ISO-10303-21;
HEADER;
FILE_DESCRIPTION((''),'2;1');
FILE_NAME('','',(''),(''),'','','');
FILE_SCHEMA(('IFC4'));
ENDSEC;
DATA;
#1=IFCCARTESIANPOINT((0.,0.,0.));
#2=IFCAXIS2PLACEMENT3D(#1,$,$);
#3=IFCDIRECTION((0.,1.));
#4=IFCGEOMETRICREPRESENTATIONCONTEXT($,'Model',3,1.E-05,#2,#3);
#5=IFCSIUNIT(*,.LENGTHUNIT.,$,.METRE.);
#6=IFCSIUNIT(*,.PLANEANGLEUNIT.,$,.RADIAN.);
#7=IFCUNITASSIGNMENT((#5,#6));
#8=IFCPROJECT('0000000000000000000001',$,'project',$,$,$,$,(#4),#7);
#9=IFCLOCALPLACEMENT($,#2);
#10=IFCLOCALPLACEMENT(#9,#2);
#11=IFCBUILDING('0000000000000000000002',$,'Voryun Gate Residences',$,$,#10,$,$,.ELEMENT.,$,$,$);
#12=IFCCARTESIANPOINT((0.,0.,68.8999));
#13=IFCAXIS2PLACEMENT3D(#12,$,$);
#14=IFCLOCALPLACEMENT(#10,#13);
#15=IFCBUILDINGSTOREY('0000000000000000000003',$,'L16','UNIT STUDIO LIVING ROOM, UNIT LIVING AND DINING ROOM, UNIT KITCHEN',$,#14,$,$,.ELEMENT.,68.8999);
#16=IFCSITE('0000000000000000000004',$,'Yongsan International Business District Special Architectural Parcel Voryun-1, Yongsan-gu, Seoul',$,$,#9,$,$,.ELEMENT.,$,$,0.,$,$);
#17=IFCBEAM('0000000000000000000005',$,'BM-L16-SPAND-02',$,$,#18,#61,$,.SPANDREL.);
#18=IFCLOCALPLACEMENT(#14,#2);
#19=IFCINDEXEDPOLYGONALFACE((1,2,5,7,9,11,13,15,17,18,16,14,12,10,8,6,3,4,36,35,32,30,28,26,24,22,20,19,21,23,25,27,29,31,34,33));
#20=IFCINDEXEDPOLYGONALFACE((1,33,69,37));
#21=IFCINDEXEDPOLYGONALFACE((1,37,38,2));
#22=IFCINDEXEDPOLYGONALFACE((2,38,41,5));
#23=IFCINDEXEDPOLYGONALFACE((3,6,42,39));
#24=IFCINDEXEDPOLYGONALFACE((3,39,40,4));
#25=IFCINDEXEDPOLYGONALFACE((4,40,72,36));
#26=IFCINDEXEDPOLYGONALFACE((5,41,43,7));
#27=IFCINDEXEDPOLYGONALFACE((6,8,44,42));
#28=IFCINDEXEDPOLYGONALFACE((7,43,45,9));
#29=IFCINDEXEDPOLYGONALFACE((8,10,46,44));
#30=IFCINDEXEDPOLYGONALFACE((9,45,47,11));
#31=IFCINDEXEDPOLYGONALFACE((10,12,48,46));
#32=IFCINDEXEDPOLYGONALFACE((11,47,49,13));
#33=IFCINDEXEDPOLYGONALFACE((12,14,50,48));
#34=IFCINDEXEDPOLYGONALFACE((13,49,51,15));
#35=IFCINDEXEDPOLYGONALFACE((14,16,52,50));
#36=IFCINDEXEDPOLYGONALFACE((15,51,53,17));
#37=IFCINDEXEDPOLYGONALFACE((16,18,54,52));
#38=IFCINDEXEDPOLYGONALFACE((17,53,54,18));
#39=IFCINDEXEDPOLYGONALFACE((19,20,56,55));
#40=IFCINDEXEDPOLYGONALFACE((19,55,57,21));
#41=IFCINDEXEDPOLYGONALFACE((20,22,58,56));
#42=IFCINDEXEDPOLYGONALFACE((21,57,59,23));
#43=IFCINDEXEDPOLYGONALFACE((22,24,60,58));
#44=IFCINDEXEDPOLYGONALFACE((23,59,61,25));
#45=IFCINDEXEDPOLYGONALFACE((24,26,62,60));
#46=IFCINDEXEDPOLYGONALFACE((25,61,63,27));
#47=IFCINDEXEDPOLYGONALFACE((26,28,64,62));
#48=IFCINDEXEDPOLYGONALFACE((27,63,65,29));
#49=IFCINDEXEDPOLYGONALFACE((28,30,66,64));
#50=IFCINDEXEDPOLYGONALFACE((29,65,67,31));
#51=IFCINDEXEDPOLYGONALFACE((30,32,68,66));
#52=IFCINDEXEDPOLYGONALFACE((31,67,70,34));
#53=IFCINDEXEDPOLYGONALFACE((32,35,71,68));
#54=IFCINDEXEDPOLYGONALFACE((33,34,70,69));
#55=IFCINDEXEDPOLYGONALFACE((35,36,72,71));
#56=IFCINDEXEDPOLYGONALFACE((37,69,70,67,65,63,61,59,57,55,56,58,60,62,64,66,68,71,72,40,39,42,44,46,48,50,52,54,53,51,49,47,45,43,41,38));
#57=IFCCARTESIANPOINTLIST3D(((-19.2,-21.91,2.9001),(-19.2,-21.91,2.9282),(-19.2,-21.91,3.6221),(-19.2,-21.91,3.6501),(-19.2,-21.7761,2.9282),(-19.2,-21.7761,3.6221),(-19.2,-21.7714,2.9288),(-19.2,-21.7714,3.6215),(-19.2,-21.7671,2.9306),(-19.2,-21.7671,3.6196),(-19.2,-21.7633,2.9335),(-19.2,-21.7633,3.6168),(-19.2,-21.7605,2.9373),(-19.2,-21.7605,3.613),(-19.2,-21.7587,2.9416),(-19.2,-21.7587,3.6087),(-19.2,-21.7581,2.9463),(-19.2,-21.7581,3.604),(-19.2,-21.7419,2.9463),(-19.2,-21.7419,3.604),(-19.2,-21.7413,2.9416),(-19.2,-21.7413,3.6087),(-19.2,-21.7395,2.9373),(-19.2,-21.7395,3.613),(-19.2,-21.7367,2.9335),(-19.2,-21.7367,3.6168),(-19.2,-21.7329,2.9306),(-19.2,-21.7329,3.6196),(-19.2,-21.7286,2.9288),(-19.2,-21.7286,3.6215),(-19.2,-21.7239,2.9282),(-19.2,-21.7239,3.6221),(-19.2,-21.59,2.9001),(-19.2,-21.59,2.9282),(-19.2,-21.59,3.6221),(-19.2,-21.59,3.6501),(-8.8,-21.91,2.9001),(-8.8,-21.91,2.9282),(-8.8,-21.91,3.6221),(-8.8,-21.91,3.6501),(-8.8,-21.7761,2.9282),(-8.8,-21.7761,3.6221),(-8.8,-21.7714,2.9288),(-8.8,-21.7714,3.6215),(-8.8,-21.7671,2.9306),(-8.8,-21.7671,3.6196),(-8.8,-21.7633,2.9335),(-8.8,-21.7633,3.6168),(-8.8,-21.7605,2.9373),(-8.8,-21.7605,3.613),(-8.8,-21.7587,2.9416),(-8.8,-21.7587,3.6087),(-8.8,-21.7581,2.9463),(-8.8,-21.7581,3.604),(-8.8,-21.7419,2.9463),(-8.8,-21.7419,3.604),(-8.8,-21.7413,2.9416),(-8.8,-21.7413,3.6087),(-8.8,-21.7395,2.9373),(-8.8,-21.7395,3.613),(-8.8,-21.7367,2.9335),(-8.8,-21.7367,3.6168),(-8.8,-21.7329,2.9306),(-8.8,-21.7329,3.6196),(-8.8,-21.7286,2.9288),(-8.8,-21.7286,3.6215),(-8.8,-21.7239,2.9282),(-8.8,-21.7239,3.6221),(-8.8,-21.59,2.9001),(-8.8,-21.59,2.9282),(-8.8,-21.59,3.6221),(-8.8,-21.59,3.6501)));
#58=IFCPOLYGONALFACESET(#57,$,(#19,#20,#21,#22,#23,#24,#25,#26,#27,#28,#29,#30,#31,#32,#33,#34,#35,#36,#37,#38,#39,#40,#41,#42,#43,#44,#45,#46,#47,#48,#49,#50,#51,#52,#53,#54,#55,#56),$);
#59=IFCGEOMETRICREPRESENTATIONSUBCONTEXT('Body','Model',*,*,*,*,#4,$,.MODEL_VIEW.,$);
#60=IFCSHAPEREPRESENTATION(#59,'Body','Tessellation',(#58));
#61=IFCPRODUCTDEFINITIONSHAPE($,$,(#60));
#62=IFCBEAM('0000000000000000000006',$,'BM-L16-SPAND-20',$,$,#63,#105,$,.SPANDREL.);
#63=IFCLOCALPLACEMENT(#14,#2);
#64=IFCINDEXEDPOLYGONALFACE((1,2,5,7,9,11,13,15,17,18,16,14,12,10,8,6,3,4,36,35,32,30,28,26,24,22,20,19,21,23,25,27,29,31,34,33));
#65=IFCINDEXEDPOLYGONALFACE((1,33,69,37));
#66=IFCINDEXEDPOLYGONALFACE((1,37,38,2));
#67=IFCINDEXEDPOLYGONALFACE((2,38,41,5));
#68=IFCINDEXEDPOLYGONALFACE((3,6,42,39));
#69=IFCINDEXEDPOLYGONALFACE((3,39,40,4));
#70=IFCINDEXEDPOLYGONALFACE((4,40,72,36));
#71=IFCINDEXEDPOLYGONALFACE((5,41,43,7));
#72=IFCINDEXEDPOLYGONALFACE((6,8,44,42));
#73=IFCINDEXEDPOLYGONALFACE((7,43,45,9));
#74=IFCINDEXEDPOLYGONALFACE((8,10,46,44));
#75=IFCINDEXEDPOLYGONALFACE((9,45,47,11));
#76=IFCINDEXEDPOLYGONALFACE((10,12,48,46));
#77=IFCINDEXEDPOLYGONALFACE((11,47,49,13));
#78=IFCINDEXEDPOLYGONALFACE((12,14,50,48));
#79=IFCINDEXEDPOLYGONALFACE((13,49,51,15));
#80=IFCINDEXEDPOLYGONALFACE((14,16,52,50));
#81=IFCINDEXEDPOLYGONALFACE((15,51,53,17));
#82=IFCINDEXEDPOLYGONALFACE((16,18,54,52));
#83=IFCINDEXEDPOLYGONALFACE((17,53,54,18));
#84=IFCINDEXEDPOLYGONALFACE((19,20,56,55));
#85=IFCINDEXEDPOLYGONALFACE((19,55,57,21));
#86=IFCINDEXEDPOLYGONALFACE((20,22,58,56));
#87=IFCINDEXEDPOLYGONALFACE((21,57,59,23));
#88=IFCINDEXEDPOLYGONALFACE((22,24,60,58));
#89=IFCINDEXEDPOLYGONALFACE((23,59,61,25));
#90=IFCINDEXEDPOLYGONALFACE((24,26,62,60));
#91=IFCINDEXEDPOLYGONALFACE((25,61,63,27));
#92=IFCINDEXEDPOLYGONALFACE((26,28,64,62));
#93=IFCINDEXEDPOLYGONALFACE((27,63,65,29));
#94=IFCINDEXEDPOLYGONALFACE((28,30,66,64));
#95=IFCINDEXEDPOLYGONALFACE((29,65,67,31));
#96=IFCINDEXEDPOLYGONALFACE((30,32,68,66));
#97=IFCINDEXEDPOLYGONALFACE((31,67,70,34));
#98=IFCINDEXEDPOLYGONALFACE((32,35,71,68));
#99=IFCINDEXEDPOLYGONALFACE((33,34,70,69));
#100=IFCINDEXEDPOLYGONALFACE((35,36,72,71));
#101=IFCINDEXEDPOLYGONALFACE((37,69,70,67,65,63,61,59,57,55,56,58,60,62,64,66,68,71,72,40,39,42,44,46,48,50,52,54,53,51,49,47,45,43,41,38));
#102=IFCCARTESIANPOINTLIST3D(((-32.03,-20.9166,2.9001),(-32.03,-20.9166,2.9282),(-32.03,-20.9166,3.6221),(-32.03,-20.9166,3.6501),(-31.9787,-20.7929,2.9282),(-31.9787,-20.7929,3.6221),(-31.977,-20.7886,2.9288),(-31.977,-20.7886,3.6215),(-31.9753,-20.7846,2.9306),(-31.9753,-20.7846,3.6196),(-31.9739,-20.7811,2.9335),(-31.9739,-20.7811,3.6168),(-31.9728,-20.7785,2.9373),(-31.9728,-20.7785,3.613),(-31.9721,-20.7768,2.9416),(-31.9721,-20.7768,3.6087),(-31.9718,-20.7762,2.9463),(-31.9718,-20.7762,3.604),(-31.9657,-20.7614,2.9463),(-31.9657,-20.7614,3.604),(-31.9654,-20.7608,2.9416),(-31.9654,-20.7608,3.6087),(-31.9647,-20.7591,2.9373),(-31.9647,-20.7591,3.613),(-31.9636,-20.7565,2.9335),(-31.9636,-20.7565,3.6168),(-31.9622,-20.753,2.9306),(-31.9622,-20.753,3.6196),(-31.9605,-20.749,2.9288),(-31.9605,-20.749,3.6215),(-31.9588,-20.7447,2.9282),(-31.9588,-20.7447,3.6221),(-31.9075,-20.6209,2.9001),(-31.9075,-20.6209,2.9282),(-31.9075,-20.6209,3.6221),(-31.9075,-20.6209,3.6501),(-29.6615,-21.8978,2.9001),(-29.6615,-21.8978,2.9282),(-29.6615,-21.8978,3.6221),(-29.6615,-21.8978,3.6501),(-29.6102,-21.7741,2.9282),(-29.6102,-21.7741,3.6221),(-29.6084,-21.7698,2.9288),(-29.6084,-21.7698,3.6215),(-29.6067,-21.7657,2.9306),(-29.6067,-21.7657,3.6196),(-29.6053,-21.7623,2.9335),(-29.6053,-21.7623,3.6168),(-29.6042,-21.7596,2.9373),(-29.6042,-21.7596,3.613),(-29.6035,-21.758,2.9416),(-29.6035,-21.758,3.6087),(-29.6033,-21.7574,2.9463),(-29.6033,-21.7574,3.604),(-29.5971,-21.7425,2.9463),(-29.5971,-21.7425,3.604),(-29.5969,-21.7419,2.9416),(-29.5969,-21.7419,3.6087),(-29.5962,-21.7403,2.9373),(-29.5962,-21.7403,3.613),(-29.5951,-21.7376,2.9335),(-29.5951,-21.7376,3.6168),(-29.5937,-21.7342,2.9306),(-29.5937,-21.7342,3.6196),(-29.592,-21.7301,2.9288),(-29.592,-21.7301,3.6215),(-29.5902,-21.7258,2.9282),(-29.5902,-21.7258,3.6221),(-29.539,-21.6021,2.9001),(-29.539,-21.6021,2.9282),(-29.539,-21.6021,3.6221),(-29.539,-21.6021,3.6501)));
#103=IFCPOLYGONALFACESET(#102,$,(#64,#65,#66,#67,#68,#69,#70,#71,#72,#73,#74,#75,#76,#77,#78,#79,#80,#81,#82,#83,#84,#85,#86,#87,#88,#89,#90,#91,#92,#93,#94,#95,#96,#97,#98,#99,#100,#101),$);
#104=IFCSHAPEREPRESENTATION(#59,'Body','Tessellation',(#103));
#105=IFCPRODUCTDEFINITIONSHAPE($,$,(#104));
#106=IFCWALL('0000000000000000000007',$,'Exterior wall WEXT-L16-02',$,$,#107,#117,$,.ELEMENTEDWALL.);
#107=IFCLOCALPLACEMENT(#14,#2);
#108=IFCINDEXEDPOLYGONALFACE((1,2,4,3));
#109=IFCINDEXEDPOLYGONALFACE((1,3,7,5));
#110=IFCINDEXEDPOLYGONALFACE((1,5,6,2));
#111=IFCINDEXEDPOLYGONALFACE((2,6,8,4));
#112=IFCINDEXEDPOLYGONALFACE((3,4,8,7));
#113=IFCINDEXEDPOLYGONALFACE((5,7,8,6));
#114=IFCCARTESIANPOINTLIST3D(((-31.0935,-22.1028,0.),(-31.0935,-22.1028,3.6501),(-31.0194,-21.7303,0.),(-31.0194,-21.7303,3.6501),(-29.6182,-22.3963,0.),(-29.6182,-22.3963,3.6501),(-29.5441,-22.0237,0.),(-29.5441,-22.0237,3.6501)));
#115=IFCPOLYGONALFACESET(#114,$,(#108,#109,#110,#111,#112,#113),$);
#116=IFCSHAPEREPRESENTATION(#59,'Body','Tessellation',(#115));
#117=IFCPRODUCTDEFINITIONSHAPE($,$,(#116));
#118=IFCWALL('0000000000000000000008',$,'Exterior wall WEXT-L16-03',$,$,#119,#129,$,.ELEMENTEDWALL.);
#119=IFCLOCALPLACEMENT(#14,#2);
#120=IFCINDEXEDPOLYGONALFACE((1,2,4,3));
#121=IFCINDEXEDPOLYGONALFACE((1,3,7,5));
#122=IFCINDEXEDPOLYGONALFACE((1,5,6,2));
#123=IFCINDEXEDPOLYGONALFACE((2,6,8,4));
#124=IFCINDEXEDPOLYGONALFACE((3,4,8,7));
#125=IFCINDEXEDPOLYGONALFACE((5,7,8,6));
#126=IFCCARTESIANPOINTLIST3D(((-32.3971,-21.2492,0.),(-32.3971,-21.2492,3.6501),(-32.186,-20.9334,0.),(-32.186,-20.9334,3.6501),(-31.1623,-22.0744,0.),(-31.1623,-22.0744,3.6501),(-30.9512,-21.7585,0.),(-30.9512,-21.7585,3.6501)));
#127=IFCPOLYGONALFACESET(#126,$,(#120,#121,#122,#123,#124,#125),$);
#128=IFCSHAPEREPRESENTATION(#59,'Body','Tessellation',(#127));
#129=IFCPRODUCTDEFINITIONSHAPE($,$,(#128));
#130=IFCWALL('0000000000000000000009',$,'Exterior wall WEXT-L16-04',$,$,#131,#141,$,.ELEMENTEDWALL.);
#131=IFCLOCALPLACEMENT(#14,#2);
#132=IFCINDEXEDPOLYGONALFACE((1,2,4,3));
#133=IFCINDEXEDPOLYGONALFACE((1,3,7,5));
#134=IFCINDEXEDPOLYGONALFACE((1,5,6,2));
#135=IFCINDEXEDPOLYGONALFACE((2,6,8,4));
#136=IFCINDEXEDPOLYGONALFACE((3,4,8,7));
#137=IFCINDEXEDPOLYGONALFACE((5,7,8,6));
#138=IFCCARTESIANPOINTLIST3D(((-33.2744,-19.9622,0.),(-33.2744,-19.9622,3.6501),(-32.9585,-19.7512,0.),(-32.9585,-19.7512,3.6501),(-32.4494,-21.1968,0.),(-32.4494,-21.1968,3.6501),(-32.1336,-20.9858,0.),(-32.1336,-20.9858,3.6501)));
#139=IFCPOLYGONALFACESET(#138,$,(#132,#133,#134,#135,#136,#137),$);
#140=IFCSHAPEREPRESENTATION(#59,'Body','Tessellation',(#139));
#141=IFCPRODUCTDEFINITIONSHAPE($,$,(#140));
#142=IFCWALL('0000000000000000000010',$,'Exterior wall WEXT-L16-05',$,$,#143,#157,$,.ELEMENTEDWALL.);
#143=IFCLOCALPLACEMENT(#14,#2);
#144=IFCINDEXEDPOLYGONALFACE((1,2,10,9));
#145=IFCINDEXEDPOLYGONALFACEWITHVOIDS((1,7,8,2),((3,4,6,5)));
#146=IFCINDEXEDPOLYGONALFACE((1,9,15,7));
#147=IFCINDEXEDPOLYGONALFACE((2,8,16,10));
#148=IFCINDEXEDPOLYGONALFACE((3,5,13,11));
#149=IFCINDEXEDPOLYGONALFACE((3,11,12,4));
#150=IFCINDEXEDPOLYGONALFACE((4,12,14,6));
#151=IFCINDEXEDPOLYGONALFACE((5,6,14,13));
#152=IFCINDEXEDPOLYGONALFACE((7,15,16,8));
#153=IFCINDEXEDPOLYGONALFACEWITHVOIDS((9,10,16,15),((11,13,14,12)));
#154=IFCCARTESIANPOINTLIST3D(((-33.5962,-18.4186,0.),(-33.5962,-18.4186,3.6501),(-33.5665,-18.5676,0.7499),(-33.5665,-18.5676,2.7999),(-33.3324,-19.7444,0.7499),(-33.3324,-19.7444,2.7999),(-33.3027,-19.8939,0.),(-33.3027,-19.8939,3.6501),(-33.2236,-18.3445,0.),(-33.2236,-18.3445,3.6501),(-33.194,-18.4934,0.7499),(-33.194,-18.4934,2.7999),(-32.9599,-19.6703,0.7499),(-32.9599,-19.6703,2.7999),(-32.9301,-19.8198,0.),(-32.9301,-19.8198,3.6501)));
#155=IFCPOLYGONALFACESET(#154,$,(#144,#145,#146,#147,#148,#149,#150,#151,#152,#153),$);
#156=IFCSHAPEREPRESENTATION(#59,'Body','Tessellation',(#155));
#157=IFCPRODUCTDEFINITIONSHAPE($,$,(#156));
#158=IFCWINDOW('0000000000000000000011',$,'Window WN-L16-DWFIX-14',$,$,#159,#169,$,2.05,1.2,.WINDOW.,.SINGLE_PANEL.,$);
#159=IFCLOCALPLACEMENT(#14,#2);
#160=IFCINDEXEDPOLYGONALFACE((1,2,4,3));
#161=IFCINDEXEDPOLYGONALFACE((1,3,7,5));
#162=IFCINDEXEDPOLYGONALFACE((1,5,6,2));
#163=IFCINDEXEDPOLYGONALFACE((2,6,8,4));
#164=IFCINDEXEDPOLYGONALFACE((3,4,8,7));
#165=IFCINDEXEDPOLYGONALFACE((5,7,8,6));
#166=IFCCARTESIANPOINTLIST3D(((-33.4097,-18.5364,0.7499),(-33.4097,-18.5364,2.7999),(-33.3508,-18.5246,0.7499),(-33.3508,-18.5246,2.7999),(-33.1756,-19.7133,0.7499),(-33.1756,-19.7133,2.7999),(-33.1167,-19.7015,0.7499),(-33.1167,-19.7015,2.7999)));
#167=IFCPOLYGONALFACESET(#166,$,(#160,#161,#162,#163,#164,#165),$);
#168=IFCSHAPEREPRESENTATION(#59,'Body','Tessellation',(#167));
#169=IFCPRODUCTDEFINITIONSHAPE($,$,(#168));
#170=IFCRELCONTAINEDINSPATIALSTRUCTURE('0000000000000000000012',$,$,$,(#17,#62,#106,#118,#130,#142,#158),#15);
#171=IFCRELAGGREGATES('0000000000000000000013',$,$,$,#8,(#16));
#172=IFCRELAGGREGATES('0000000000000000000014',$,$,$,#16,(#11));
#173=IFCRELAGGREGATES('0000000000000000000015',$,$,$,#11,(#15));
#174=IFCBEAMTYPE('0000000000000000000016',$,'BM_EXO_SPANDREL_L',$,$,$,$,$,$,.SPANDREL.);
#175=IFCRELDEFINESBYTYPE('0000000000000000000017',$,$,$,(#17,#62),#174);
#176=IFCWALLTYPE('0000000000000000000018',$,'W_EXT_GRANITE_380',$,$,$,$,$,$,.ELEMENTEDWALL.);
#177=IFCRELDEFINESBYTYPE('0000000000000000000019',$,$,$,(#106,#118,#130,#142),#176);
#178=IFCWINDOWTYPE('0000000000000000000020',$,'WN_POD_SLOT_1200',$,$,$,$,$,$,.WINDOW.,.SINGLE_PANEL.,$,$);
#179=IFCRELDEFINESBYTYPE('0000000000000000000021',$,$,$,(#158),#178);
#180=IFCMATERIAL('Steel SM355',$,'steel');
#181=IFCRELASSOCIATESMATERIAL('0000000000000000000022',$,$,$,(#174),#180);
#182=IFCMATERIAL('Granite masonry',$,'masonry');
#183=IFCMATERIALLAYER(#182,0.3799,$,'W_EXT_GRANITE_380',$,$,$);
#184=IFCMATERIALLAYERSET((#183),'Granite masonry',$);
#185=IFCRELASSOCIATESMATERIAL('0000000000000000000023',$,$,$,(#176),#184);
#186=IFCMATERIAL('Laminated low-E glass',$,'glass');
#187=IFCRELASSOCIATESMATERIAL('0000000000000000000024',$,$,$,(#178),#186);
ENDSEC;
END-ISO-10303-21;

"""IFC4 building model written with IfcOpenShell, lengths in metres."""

from ifc_helpers import new_model, si_unit, direction, frame, frame_2d, origin, origin_2d, place, context, subcontext, project, spatial, rectangle, i_section, extrude, material, layer, layer_set, material_profile, profile_set, type_object, element, fill, save


model = new_model("IFC4")

# Units and contexts
model_context = context("Model", 3, precision=1e-05, world=origin(), true_north=direction((0.0, 1.0)))
body_context = subcontext(model_context, "Body", "Model", "MODEL_VIEW")
ifc_project = project(units=[si_unit("LENGTHUNIT", "METRE"), si_unit("PLANEANGLEUNIT", "RADIAN")], contexts=[model_context])

# Site, building, storey
site_placement = place(None, origin())
site = spatial("IfcSite", under=ifc_project, at=site_placement, Name="Yongsan International Business District Special Architectural Parcel Voryun-1, Yongsan-gu, Seoul", CompositionType="ELEMENT", RefElevation=0.0)
building_placement = place(site_placement, origin())
building = spatial("IfcBuilding", under=site, at=building_placement, Name="Voryun Gate Residences", CompositionType="ELEMENT")
storey_placement = place(building_placement, frame((0.0, 0.0, 68.8999)))
storey = spatial("IfcBuildingStorey", under=building, at=storey_placement, Name="L16", Description="UNIT STUDIO LIVING ROOM, UNIT LIVING AND DINING ROOM, UNIT KITCHEN", CompositionType="ELEMENT", Elevation=68.8999)

# Beams
ifc_material_1 = material(Name="Steel SM355", Category="steel")
ifc_material_profile_1 = material_profile(ifc_material_1, i_section(OverallWidth=0.3201, OverallDepth=0.75, WebThickness=0.0161, FlangeThickness=0.0281, FilletRadius=0.0181, at=origin_2d()), Name="H-750x320x16x28")
ifc_profile_set_1 = profile_set([ifc_material_profile_1], Name="Steel SM355")
beam_type = type_object("IfcBeamType", Name="BM_EXO_SPANDREL_L", PredefinedType="SPANDREL", material=ifc_profile_set_1)
beam_1_placement = place(storey_placement, frame((-19.2, -21.75, 3.2751), z_axis=(1.0, 0.0, 0.0), x_axis=(0.0, 1.0, 0.0)))
element("IfcBeam", 1, at=beam_1_placement, inside=storey, type_object=beam_type, Name="BM-L16-SPAND-02", PredefinedType="SPANDREL", context=body_context, shape_type="SweptSolid", body=[
    extrude(i_section(OverallWidth=0.3201, OverallDepth=0.75, WebThickness=0.0161, FlangeThickness=0.0281, FilletRadius=0.0181, at=origin_2d()), origin(), (0.0, 0.0, 1.0), 10.3999),
])
beam_2_placement = place(storey_placement, frame((-31.9688, -20.7688, 3.2751), z_axis=(0.923869, -0.382708, 0.0), x_axis=(0.382708, 0.923869, 0.0)))
element("IfcBeam", 2, at=beam_2_placement, inside=storey, type_object=beam_type, Name="BM-L16-SPAND-20", PredefinedType="SPANDREL", context=body_context, shape_type="SweptSolid", body=[
    extrude(i_section(OverallWidth=0.3201, OverallDepth=0.75, WebThickness=0.0161, FlangeThickness=0.0281, FilletRadius=0.0181, at=origin_2d()), origin(), (0.0, 0.0, 1.0), 2.5637),
])

# Walls
ifc_material_2 = material(Name="Granite masonry", Category="masonry")
ifc_layer_1 = layer(ifc_material_2, 0.3799, Name="W_EXT_GRANITE_380")
ifc_layer_set_1 = layer_set([ifc_layer_1], Name="Granite masonry")
wall_type_1 = type_object("IfcWallType", Name="W_EXT_GRANITE_380", PredefinedType="ELEMENTEDWALL", material=ifc_layer_set_1)
wall_1_placement = place(storey_placement, frame((-29.5813, -22.21, 0.0), z_axis=(0.0, 0.0, 1.0), x_axis=(-0.980786, 0.195086, 0.0)))
element("IfcWall", 3, at=wall_1_placement, inside=storey, type_object=wall_type_1, Name="Exterior wall WEXT-L16-02", PredefinedType="ELEMENTEDWALL", context=body_context, shape_type="SweptSolid", body=[
    extrude(rectangle(XDim=1.5042, YDim=0.3799, at=frame_2d((0.752, 0.0))), origin(), (0.0, 0.0, 1.0), 3.6501),
])
wall_2_placement = place(storey_placement, frame((-31.0566, -21.9165, 0.0), z_axis=(0.0, 0.0, 1.0), x_axis=(-0.831443, 0.55561, 0.0)))
element("IfcWall", 4, at=wall_2_placement, inside=storey, type_object=wall_type_1, Name="Exterior wall WEXT-L16-03", PredefinedType="ELEMENTEDWALL", context=body_context, shape_type="SweptSolid", body=[
    extrude(rectangle(XDim=1.4851, YDim=0.3799, at=frame_2d((0.7427, 0.0))), origin(), (0.0, 0.0, 1.0), 3.6501),
])
wall_3_placement = place(storey_placement, frame((-32.2915, -21.0913, 0.0), z_axis=(0.0, 0.0, 1.0), x_axis=(-0.555573, 0.831468, 0.0)))
element("IfcWall", 5, at=wall_3_placement, inside=storey, type_object=wall_type_1, Name="Exterior wall WEXT-L16-04", PredefinedType="ELEMENTEDWALL", context=body_context, shape_type="SweptSolid", body=[
    extrude(rectangle(XDim=1.4849, YDim=0.3799, at=frame_2d((0.7424, 0.0))), origin(), (0.0, 0.0, 1.0), 3.6501),
])

# Wall, opening, window
wall_4_placement = place(storey_placement, frame((-33.1165, -19.8567, 0.0), z_axis=(0.0, 0.0, 1.0), x_axis=(-0.195086, 0.980786, 0.0)))
wall_4 = element("IfcWall", 6, at=wall_4_placement, inside=storey, type_object=wall_type_1, Name="Exterior wall WEXT-L16-05", PredefinedType="ELEMENTEDWALL", context=body_context, shape_type="SweptSolid", body=[
    extrude(rectangle(XDim=1.5042, YDim=0.3799, at=frame_2d((0.752, 0.0))), origin(), (0.0, 0.0, 1.0), 3.6501),
])
opening_1_placement = place(wall_4_placement, frame((0.1521, 0.0, 0.75)))
opening_1 = element("IfcOpeningElement", 7, at=opening_1_placement, cuts=wall_4, PredefinedType="OPENING", context=body_context, shape_type="SweptSolid", body=[
    extrude(rectangle(XDim=1.2, YDim=2.05, at=frame_2d((0.6001, 1.0249))), frame((0.0, 0.2, 0.0), z_axis=(0.0, -1.0, 0.0), x_axis=(1.0, 0.0, 0.0)), (0.0, 0.0, 1.0), 0.3999),
])
ifc_material_3 = material(Name="Laminated low-E glass", Category="glass")
window_type = type_object("IfcWindowType", Name="WN_POD_SLOT_1200", PartitioningType="SINGLE_PANEL", PredefinedType="WINDOW", material=ifc_material_3)
window_1_placement = place(opening_1_placement, origin())
window_1 = element("IfcWindow", 8, at=window_1_placement, inside=storey, type_object=window_type, Name="Window WN-L16-DWFIX-14", OverallHeight=2.05, OverallWidth=1.2, PartitioningType="SINGLE_PANEL", PredefinedType="WINDOW", context=body_context, shape_type="SweptSolid", body=[
    extrude(rectangle(XDim=1.2, YDim=2.05, at=frame_2d((0.6001, 1.0249))), frame((0.0, 0.03, 0.0), z_axis=(0.0, -1.0, 0.0), x_axis=(1.0, 0.0, 0.0)), (0.0, 0.0, 1.0), 0.0601),
])
fill(opening_1, window_1)

save(model, "model.ifc")
